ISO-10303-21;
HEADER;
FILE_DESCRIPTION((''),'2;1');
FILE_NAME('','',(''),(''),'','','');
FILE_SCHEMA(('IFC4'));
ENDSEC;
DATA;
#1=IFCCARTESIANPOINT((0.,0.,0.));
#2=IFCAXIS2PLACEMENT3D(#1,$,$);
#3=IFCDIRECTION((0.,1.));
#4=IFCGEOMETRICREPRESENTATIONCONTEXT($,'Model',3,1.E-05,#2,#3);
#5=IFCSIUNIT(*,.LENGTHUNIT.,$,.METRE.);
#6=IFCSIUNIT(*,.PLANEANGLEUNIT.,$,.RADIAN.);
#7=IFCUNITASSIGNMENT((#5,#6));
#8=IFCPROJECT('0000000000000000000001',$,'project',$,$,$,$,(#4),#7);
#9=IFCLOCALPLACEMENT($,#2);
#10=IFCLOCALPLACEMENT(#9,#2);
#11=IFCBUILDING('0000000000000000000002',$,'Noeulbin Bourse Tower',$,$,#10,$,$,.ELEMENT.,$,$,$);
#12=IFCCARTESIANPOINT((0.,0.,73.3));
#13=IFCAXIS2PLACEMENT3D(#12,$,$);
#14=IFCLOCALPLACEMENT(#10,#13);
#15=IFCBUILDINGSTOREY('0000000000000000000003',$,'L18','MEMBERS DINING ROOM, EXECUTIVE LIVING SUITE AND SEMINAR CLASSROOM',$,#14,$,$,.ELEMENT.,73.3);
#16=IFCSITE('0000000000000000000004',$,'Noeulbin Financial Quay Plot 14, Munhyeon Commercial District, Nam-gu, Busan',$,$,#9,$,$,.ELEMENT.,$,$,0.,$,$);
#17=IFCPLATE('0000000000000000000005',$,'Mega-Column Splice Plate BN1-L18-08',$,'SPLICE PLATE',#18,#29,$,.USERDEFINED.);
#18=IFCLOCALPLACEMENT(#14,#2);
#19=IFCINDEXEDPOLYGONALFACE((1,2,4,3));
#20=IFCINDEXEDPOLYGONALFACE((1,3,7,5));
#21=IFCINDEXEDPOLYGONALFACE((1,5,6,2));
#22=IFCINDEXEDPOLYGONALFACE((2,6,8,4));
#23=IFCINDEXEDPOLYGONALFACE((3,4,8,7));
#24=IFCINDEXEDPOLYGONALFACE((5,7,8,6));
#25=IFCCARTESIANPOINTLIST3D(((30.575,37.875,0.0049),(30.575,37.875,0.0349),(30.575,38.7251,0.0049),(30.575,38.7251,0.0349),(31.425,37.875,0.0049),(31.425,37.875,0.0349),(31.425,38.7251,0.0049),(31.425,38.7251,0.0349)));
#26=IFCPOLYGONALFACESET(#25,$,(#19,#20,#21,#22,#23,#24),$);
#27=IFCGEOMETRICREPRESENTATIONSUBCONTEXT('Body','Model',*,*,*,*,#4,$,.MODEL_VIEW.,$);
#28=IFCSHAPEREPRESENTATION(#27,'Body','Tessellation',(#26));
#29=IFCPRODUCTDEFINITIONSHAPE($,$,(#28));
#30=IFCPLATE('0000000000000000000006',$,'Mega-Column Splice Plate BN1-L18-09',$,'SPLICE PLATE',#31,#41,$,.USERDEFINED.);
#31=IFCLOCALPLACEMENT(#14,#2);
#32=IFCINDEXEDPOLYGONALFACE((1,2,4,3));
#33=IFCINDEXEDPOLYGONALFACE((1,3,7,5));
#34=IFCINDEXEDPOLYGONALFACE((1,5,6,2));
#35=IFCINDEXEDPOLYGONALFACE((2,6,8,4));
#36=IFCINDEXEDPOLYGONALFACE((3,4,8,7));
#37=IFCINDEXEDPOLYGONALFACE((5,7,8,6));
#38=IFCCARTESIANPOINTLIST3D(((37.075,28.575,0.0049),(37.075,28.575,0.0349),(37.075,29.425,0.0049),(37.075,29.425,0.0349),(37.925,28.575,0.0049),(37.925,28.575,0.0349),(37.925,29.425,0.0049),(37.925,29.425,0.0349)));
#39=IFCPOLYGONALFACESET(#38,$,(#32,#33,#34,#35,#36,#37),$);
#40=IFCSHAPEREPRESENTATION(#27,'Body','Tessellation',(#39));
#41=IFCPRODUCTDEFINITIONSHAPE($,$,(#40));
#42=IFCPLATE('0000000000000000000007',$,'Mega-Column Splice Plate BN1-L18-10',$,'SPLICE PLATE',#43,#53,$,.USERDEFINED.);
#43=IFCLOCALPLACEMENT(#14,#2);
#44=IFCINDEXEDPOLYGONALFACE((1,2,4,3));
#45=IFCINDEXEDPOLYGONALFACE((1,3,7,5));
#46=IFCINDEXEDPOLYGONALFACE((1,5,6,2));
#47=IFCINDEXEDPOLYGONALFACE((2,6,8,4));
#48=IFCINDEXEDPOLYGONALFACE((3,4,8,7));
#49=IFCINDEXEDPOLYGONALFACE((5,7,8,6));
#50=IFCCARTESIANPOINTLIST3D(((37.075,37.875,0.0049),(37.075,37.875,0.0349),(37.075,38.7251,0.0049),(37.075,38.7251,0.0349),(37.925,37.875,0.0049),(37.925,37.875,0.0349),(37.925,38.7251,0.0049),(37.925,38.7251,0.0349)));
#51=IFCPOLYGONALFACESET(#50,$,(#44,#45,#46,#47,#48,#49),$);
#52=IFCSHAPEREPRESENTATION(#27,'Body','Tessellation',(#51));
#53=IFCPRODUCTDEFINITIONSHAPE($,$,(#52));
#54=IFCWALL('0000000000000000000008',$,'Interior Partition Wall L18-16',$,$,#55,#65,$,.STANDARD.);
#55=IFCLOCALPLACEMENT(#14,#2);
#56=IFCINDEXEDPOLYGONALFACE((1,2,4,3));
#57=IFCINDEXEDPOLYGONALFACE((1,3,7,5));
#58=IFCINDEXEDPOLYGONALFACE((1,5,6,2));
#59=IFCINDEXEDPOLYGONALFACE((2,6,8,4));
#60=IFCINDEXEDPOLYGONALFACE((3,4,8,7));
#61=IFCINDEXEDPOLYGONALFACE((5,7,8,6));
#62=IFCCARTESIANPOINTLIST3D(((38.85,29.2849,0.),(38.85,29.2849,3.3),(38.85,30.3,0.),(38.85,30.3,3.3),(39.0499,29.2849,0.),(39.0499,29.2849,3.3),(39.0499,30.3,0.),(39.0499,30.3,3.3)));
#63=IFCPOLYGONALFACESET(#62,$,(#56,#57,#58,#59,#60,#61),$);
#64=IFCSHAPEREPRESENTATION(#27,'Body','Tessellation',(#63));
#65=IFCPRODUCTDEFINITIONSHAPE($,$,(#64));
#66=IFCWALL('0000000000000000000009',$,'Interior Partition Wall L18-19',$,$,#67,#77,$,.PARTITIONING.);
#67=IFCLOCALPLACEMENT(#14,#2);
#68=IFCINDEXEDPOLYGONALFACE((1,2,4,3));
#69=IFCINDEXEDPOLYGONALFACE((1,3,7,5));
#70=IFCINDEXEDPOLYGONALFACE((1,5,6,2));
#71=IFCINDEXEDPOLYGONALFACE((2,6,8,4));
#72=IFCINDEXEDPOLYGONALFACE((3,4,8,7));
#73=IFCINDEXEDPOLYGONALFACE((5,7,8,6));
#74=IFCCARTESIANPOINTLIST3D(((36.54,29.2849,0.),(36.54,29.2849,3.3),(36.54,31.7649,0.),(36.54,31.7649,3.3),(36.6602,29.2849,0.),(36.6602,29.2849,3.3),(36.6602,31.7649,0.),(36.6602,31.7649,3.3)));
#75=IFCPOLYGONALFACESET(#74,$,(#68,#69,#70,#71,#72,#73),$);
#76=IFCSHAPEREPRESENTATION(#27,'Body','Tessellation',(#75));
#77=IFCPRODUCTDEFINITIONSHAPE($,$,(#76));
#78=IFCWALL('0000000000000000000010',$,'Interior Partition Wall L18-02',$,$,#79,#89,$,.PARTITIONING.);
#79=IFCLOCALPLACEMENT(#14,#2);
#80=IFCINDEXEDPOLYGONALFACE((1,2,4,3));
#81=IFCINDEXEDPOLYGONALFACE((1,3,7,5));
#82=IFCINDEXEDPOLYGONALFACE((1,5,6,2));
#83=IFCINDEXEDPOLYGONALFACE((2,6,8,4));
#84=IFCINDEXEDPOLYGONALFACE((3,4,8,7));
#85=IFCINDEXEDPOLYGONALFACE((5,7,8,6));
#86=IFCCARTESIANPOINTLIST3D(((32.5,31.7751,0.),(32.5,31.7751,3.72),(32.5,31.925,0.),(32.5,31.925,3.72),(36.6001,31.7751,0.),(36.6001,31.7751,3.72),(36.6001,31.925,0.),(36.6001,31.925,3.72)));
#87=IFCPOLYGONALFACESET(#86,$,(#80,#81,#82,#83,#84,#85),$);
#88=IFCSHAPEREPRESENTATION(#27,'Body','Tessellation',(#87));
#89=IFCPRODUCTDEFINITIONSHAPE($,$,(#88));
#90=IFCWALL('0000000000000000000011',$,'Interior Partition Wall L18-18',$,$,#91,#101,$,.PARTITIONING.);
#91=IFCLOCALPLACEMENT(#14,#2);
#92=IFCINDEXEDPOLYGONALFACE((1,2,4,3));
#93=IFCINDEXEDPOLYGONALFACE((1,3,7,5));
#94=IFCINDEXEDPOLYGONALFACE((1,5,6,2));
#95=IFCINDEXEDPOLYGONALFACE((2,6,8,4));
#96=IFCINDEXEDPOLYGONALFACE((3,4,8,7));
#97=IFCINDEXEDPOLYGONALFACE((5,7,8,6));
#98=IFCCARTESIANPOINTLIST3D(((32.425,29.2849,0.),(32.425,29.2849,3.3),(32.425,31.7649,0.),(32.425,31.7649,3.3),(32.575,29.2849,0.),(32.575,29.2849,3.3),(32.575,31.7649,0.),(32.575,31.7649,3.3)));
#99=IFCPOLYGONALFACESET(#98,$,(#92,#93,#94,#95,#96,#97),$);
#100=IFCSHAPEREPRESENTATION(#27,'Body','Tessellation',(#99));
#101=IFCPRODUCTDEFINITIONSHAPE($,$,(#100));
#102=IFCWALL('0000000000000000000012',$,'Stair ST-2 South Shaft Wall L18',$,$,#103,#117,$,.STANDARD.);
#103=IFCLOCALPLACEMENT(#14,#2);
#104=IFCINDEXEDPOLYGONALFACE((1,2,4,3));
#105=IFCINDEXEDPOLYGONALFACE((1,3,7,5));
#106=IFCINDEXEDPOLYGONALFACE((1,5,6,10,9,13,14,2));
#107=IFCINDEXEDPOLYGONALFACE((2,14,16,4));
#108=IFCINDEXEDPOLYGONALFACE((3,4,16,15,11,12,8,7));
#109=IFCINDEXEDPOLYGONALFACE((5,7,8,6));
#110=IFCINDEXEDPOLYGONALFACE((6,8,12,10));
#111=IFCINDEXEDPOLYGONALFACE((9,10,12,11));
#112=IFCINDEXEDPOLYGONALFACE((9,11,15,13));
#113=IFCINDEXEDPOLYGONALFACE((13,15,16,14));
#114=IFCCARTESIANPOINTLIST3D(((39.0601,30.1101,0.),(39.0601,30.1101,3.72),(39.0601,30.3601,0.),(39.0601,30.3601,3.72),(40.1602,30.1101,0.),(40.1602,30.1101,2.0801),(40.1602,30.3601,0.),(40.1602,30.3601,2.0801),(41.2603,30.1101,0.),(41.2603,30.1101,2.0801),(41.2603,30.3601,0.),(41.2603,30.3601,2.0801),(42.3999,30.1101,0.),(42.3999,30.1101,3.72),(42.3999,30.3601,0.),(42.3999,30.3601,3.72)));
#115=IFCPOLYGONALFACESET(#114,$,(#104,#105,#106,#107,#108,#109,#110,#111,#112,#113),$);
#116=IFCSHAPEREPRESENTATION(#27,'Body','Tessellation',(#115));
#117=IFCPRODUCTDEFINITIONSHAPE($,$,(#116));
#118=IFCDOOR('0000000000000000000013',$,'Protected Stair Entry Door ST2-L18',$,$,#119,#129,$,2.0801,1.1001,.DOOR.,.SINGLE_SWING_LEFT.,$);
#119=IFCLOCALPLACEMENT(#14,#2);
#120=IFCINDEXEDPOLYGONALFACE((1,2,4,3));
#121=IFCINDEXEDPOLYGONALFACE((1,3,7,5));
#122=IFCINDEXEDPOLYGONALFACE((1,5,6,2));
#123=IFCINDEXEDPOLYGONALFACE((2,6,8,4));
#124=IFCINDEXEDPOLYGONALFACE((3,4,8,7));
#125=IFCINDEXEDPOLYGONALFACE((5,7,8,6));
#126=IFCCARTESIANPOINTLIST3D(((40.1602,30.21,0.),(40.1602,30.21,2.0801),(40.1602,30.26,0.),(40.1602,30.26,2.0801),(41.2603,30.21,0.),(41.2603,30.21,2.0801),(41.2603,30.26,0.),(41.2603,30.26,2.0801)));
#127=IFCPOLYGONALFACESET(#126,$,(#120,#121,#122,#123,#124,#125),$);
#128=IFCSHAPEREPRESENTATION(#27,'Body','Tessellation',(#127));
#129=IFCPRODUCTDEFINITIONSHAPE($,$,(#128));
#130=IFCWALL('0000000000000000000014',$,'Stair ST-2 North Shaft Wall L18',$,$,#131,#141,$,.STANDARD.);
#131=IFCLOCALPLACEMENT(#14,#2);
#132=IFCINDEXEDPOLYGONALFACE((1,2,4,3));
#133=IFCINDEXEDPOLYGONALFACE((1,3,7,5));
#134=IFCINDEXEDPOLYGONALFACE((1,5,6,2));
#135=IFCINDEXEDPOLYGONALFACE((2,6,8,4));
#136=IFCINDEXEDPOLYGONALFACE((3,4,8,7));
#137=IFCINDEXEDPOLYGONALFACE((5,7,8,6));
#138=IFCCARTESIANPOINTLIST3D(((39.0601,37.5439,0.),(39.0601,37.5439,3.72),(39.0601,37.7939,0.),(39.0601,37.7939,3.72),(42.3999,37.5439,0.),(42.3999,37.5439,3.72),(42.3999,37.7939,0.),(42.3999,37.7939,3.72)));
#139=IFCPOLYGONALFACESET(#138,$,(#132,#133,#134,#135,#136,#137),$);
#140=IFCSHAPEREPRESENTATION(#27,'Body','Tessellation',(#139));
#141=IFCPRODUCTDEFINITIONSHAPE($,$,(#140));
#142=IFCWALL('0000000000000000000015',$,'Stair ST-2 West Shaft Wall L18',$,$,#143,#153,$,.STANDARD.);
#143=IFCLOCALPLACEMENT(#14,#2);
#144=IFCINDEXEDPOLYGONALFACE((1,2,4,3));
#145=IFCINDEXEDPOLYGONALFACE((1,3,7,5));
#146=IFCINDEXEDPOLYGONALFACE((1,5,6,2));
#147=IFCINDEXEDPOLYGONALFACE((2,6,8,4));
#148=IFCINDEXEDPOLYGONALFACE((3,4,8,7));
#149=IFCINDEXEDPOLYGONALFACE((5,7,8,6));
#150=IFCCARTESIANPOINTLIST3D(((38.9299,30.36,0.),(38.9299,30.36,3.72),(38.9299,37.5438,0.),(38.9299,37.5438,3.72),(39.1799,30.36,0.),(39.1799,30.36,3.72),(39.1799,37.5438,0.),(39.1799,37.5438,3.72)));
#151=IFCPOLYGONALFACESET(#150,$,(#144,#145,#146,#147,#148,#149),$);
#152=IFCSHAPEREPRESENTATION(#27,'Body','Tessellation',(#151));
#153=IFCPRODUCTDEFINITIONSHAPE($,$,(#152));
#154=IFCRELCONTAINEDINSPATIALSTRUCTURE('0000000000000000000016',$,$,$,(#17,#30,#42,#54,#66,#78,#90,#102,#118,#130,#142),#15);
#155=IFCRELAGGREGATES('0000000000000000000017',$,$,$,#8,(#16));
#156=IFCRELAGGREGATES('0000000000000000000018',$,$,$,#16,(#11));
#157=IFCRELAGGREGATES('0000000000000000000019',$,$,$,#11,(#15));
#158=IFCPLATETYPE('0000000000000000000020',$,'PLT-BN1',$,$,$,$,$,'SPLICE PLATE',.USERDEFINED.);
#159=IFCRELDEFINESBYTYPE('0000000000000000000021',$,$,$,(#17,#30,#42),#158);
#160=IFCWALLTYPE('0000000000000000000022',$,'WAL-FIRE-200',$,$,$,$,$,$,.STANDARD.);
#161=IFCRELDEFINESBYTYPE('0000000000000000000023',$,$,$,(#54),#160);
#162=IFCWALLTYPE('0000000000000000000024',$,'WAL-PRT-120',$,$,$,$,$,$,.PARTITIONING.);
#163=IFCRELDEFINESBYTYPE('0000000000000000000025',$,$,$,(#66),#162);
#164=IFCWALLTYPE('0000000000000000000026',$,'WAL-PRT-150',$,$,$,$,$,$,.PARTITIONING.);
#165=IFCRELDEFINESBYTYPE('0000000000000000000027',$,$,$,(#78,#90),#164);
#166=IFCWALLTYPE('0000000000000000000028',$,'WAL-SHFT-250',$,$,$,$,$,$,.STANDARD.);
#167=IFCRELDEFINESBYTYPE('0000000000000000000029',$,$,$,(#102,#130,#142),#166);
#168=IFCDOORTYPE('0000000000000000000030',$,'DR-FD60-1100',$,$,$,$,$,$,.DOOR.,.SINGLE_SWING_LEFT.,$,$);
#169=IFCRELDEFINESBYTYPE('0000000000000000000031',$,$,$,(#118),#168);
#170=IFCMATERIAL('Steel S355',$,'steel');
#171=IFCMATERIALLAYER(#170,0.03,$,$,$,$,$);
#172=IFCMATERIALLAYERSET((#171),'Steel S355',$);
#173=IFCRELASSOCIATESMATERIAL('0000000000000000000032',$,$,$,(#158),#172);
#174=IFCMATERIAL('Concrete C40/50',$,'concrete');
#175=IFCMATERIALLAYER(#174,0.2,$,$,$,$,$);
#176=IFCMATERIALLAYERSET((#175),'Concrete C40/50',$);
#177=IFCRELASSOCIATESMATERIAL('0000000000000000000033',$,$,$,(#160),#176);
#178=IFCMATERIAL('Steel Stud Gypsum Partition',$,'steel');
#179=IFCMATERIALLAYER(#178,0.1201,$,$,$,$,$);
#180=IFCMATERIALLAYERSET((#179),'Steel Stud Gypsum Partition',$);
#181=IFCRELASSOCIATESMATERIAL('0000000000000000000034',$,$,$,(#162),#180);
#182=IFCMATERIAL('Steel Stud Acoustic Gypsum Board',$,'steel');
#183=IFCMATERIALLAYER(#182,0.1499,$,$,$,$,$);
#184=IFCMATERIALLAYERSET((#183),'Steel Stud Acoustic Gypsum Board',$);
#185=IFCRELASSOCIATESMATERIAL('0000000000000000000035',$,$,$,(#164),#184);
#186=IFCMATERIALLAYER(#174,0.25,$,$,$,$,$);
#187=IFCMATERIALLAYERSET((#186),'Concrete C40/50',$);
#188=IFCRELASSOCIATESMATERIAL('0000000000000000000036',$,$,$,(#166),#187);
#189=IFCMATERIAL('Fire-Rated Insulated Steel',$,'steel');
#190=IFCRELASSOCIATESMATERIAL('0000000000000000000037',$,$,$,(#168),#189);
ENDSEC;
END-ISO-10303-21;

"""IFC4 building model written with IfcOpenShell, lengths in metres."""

from ifc_helpers import new_model, si_unit, direction, frame, frame_2d, origin, origin_2d, place, context, subcontext, project, spatial, rectangle, extrude, material, layer, layer_set, type_object, element, fill, save


model = new_model("IFC4")

# Units and contexts
model_context = context("Model", 3, precision=1e-05, world=origin(), true_north=direction((0.0, 1.0)))
body_context = subcontext(model_context, "Body", "Model", "MODEL_VIEW")
ifc_project = project(units=[si_unit("LENGTHUNIT", "METRE"), si_unit("PLANEANGLEUNIT", "RADIAN")], contexts=[model_context])

# Site, building, storey
site_placement = place(None, origin())
site = spatial("IfcSite", under=ifc_project, at=site_placement, Name="Noeulbin Financial Quay Plot 14, Munhyeon Commercial District, Nam-gu, Busan", CompositionType="ELEMENT", RefElevation=0.0)
building_placement = place(site_placement, origin())
building = spatial("IfcBuilding", under=site, at=building_placement, Name="Noeulbin Bourse Tower", CompositionType="ELEMENT")
storey_placement = place(building_placement, frame((0.0, 0.0, 73.3)))
storey = spatial("IfcBuildingStorey", under=building, at=storey_placement, Name="L18", Description="MEMBERS DINING ROOM, EXECUTIVE LIVING SUITE AND SEMINAR CLASSROOM", CompositionType="ELEMENT", Elevation=73.3)

# Shared definitions
ifc_material_1 = material(Name="Steel S355", Category="steel")

# Plates
ifc_layer_1 = layer(ifc_material_1, 0.03)
ifc_layer_set_1 = layer_set([ifc_layer_1], Name="Steel S355")
plate_type = type_object("IfcPlateType", Name="PLT-BN1", ElementType="SPLICE PLATE", PredefinedType="USERDEFINED", material=ifc_layer_set_1)
for number, where, z_axis, x_axis, name in (
    (1, (31.0, 38.3, 0.0049), (0.0, 0.0, 1.0), (1.0, 0.0, 0.0), "Mega-Column Splice Plate BN1-L18-08"),
    (2, (37.5, 29.0, 0.0049), (0.0, 0.0, 1.0), (1.0, 0.0, 0.0), "Mega-Column Splice Plate BN1-L18-09"),
    (3, (37.5, 38.3, 0.0049), (0.0, 0.0, 1.0), (1.0, 0.0, 0.0), "Mega-Column Splice Plate BN1-L18-10"),
):
    element("IfcPlate", number, at=place(storey_placement, frame(where, z_axis=z_axis, x_axis=x_axis)), inside=storey, type_object=plate_type, Name=name, ObjectType="SPLICE PLATE", PredefinedType="USERDEFINED", context=body_context, shape_type="SweptSolid", body=[
        extrude(rectangle(XDim=0.8501, YDim=0.8501, at=origin_2d()), origin(), (0.0, 0.0, 1.0), 0.03),
    ])

# Walls
ifc_material_2 = material(Name="Concrete C40/50", Category="concrete")
ifc_layer_2 = layer(ifc_material_2, 0.2)
ifc_layer_set_2 = layer_set([ifc_layer_2], Name="Concrete C40/50")
wall_type_1 = type_object("IfcWallType", Name="WAL-FIRE-200", PredefinedType="STANDARD", material=ifc_layer_set_2)
wall_1_placement = place(storey_placement, frame((38.95, 29.2849, 0.0), z_axis=(0.0, 0.0, 1.0), x_axis=(0.0, 1.0, 0.0)))
element("IfcWall", 4, at=wall_1_placement, inside=storey, type_object=wall_type_1, Name="Interior Partition Wall L18-16", PredefinedType="STANDARD", context=body_context, shape_type="SweptSolid", body=[
    extrude(rectangle(XDim=1.0151, YDim=0.2, at=frame_2d((0.5076, 0.0))), origin(), (0.0, 0.0, 1.0), 3.3),
])
ifc_material_3 = material(Name="Steel Stud Gypsum Partition", Category="steel")
ifc_layer_3 = layer(ifc_material_3, 0.1201)
ifc_layer_set_3 = layer_set([ifc_layer_3], Name="Steel Stud Gypsum Partition")
wall_type_2 = type_object("IfcWallType", Name="WAL-PRT-120", PredefinedType="PARTITIONING", material=ifc_layer_set_3)
wall_2_placement = place(storey_placement, frame((36.6001, 29.2849, 0.0), z_axis=(0.0, 0.0, 1.0), x_axis=(0.0, 1.0, 0.0)))
element("IfcWall", 5, at=wall_2_placement, inside=storey, type_object=wall_type_2, Name="Interior Partition Wall L18-19", PredefinedType="PARTITIONING", context=body_context, shape_type="SweptSolid", body=[
    extrude(rectangle(XDim=2.48, YDim=0.1201, at=frame_2d((1.24, 0.0))), origin(), (0.0, 0.0, 1.0), 3.3),
])
ifc_material_4 = material(Name="Steel Stud Acoustic Gypsum Board", Category="steel")
ifc_layer_4 = layer(ifc_material_4, 0.1499)
ifc_layer_set_4 = layer_set([ifc_layer_4], Name="Steel Stud Acoustic Gypsum Board")
wall_type_3 = type_object("IfcWallType", Name="WAL-PRT-150", PredefinedType="PARTITIONING", material=ifc_layer_set_4)
wall_3_placement = place(storey_placement, frame((32.5, 31.8501, 0.0), z_axis=(0.0, 0.0, 1.0), x_axis=(1.0, 0.0, 0.0)))
element("IfcWall", 6, at=wall_3_placement, inside=storey, type_object=wall_type_3, Name="Interior Partition Wall L18-02", PredefinedType="PARTITIONING", context=body_context, shape_type="SweptSolid", body=[
    extrude(rectangle(XDim=4.1001, YDim=0.1499, at=frame_2d((2.05, 0.0))), origin(), (0.0, 0.0, 1.0), 3.72),
])
wall_4_placement = place(storey_placement, frame((32.5, 29.2849, 0.0), z_axis=(0.0, 0.0, 1.0), x_axis=(0.0, 1.0, 0.0)))
element("IfcWall", 7, at=wall_4_placement, inside=storey, type_object=wall_type_3, Name="Interior Partition Wall L18-18", PredefinedType="PARTITIONING", context=body_context, shape_type="SweptSolid", body=[
    extrude(rectangle(XDim=2.48, YDim=0.1499, at=frame_2d((1.24, 0.0))), origin(), (0.0, 0.0, 1.0), 3.3),
])

# Wall, opening, door
ifc_layer_5 = layer(ifc_material_2, 0.25)
ifc_layer_set_5 = layer_set([ifc_layer_5], Name="Concrete C40/50")
wall_type_4 = type_object("IfcWallType", Name="WAL-SHFT-250", PredefinedType="STANDARD", material=ifc_layer_set_5)
wall_5_placement = place(storey_placement, frame((39.0601, 30.2351, 0.0), z_axis=(0.0, 0.0, 1.0), x_axis=(1.0, 0.0, 0.0)))
wall_5 = element("IfcWall", 8, at=wall_5_placement, inside=storey, type_object=wall_type_4, Name="Stair ST-2 South Shaft Wall L18", PredefinedType="STANDARD", context=body_context, shape_type="SweptSolid", body=[
    extrude(rectangle(XDim=3.3398, YDim=0.25, at=frame_2d((1.6699, 0.0))), origin(), (0.0, 0.0, 1.0), 3.72),
])
opening_1_placement = place(wall_5_placement, frame((1.1001, 0.0, 0.0)))
opening_1 = element("IfcOpeningElement", 9, at=opening_1_placement, cuts=wall_5, PredefinedType="OPENING", context=body_context, shape_type="SweptSolid", body=[
    extrude(rectangle(XDim=1.1001, YDim=2.0801, at=frame_2d((0.55, 1.04))), frame((0.0, 0.135, 0.0), z_axis=(0.0, -1.0, 0.0), x_axis=(1.0, 0.0, 0.0)), (0.0, 0.0, 1.0), 0.27),
])
ifc_material_5 = material(Name="Fire-Rated Insulated Steel", Category="steel")
door_type_1 = type_object("IfcDoorType", Name="DR-FD60-1100", OperationType="SINGLE_SWING_LEFT", PredefinedType="DOOR", material=ifc_material_5)
door_1_placement = place(opening_1_placement, origin())
door_1 = element("IfcDoor", 10, at=door_1_placement, inside=storey, type_object=door_type_1, Name="Protected Stair Entry Door ST2-L18", OperationType="SINGLE_SWING_LEFT", OverallHeight=2.0801, OverallWidth=1.1001, PredefinedType="DOOR", context=body_context, shape_type="SweptSolid", body=[
    extrude(rectangle(XDim=1.1001, YDim=2.0801, at=frame_2d((0.55, 1.04))), frame((0.0, 0.0249, 0.0), z_axis=(0.0, -1.0, 0.0), x_axis=(1.0, 0.0, 0.0)), (0.0, 0.0, 1.0), 0.05),
])
fill(opening_1, door_1)

# Walls
wall_6_placement = place(storey_placement, frame((39.0601, 37.6689, 0.0), z_axis=(0.0, 0.0, 1.0), x_axis=(1.0, 0.0, 0.0)))
element("IfcWall", 11, at=wall_6_placement, inside=storey, type_object=wall_type_4, Name="Stair ST-2 North Shaft Wall L18", PredefinedType="STANDARD", context=body_context, shape_type="SweptSolid", body=[
    extrude(rectangle(XDim=3.3398, YDim=0.25, at=frame_2d((1.6699, 0.0))), origin(), (0.0, 0.0, 1.0), 3.72),
])
wall_7_placement = place(storey_placement, frame((39.0549, 30.3601, 0.0), z_axis=(0.0, 0.0, 1.0), x_axis=(0.0, 1.0, 0.0)))
element("IfcWall", 12, at=wall_7_placement, inside=storey, type_object=wall_type_4, Name="Stair ST-2 West Shaft Wall L18", PredefinedType="STANDARD", context=body_context, shape_type="SweptSolid", body=[
    extrude(rectangle(XDim=7.1838, YDim=0.25, at=frame_2d((3.5918, 0.0))), origin(), (0.0, 0.0, 1.0), 3.72),
])

save(model, "model.ifc")
